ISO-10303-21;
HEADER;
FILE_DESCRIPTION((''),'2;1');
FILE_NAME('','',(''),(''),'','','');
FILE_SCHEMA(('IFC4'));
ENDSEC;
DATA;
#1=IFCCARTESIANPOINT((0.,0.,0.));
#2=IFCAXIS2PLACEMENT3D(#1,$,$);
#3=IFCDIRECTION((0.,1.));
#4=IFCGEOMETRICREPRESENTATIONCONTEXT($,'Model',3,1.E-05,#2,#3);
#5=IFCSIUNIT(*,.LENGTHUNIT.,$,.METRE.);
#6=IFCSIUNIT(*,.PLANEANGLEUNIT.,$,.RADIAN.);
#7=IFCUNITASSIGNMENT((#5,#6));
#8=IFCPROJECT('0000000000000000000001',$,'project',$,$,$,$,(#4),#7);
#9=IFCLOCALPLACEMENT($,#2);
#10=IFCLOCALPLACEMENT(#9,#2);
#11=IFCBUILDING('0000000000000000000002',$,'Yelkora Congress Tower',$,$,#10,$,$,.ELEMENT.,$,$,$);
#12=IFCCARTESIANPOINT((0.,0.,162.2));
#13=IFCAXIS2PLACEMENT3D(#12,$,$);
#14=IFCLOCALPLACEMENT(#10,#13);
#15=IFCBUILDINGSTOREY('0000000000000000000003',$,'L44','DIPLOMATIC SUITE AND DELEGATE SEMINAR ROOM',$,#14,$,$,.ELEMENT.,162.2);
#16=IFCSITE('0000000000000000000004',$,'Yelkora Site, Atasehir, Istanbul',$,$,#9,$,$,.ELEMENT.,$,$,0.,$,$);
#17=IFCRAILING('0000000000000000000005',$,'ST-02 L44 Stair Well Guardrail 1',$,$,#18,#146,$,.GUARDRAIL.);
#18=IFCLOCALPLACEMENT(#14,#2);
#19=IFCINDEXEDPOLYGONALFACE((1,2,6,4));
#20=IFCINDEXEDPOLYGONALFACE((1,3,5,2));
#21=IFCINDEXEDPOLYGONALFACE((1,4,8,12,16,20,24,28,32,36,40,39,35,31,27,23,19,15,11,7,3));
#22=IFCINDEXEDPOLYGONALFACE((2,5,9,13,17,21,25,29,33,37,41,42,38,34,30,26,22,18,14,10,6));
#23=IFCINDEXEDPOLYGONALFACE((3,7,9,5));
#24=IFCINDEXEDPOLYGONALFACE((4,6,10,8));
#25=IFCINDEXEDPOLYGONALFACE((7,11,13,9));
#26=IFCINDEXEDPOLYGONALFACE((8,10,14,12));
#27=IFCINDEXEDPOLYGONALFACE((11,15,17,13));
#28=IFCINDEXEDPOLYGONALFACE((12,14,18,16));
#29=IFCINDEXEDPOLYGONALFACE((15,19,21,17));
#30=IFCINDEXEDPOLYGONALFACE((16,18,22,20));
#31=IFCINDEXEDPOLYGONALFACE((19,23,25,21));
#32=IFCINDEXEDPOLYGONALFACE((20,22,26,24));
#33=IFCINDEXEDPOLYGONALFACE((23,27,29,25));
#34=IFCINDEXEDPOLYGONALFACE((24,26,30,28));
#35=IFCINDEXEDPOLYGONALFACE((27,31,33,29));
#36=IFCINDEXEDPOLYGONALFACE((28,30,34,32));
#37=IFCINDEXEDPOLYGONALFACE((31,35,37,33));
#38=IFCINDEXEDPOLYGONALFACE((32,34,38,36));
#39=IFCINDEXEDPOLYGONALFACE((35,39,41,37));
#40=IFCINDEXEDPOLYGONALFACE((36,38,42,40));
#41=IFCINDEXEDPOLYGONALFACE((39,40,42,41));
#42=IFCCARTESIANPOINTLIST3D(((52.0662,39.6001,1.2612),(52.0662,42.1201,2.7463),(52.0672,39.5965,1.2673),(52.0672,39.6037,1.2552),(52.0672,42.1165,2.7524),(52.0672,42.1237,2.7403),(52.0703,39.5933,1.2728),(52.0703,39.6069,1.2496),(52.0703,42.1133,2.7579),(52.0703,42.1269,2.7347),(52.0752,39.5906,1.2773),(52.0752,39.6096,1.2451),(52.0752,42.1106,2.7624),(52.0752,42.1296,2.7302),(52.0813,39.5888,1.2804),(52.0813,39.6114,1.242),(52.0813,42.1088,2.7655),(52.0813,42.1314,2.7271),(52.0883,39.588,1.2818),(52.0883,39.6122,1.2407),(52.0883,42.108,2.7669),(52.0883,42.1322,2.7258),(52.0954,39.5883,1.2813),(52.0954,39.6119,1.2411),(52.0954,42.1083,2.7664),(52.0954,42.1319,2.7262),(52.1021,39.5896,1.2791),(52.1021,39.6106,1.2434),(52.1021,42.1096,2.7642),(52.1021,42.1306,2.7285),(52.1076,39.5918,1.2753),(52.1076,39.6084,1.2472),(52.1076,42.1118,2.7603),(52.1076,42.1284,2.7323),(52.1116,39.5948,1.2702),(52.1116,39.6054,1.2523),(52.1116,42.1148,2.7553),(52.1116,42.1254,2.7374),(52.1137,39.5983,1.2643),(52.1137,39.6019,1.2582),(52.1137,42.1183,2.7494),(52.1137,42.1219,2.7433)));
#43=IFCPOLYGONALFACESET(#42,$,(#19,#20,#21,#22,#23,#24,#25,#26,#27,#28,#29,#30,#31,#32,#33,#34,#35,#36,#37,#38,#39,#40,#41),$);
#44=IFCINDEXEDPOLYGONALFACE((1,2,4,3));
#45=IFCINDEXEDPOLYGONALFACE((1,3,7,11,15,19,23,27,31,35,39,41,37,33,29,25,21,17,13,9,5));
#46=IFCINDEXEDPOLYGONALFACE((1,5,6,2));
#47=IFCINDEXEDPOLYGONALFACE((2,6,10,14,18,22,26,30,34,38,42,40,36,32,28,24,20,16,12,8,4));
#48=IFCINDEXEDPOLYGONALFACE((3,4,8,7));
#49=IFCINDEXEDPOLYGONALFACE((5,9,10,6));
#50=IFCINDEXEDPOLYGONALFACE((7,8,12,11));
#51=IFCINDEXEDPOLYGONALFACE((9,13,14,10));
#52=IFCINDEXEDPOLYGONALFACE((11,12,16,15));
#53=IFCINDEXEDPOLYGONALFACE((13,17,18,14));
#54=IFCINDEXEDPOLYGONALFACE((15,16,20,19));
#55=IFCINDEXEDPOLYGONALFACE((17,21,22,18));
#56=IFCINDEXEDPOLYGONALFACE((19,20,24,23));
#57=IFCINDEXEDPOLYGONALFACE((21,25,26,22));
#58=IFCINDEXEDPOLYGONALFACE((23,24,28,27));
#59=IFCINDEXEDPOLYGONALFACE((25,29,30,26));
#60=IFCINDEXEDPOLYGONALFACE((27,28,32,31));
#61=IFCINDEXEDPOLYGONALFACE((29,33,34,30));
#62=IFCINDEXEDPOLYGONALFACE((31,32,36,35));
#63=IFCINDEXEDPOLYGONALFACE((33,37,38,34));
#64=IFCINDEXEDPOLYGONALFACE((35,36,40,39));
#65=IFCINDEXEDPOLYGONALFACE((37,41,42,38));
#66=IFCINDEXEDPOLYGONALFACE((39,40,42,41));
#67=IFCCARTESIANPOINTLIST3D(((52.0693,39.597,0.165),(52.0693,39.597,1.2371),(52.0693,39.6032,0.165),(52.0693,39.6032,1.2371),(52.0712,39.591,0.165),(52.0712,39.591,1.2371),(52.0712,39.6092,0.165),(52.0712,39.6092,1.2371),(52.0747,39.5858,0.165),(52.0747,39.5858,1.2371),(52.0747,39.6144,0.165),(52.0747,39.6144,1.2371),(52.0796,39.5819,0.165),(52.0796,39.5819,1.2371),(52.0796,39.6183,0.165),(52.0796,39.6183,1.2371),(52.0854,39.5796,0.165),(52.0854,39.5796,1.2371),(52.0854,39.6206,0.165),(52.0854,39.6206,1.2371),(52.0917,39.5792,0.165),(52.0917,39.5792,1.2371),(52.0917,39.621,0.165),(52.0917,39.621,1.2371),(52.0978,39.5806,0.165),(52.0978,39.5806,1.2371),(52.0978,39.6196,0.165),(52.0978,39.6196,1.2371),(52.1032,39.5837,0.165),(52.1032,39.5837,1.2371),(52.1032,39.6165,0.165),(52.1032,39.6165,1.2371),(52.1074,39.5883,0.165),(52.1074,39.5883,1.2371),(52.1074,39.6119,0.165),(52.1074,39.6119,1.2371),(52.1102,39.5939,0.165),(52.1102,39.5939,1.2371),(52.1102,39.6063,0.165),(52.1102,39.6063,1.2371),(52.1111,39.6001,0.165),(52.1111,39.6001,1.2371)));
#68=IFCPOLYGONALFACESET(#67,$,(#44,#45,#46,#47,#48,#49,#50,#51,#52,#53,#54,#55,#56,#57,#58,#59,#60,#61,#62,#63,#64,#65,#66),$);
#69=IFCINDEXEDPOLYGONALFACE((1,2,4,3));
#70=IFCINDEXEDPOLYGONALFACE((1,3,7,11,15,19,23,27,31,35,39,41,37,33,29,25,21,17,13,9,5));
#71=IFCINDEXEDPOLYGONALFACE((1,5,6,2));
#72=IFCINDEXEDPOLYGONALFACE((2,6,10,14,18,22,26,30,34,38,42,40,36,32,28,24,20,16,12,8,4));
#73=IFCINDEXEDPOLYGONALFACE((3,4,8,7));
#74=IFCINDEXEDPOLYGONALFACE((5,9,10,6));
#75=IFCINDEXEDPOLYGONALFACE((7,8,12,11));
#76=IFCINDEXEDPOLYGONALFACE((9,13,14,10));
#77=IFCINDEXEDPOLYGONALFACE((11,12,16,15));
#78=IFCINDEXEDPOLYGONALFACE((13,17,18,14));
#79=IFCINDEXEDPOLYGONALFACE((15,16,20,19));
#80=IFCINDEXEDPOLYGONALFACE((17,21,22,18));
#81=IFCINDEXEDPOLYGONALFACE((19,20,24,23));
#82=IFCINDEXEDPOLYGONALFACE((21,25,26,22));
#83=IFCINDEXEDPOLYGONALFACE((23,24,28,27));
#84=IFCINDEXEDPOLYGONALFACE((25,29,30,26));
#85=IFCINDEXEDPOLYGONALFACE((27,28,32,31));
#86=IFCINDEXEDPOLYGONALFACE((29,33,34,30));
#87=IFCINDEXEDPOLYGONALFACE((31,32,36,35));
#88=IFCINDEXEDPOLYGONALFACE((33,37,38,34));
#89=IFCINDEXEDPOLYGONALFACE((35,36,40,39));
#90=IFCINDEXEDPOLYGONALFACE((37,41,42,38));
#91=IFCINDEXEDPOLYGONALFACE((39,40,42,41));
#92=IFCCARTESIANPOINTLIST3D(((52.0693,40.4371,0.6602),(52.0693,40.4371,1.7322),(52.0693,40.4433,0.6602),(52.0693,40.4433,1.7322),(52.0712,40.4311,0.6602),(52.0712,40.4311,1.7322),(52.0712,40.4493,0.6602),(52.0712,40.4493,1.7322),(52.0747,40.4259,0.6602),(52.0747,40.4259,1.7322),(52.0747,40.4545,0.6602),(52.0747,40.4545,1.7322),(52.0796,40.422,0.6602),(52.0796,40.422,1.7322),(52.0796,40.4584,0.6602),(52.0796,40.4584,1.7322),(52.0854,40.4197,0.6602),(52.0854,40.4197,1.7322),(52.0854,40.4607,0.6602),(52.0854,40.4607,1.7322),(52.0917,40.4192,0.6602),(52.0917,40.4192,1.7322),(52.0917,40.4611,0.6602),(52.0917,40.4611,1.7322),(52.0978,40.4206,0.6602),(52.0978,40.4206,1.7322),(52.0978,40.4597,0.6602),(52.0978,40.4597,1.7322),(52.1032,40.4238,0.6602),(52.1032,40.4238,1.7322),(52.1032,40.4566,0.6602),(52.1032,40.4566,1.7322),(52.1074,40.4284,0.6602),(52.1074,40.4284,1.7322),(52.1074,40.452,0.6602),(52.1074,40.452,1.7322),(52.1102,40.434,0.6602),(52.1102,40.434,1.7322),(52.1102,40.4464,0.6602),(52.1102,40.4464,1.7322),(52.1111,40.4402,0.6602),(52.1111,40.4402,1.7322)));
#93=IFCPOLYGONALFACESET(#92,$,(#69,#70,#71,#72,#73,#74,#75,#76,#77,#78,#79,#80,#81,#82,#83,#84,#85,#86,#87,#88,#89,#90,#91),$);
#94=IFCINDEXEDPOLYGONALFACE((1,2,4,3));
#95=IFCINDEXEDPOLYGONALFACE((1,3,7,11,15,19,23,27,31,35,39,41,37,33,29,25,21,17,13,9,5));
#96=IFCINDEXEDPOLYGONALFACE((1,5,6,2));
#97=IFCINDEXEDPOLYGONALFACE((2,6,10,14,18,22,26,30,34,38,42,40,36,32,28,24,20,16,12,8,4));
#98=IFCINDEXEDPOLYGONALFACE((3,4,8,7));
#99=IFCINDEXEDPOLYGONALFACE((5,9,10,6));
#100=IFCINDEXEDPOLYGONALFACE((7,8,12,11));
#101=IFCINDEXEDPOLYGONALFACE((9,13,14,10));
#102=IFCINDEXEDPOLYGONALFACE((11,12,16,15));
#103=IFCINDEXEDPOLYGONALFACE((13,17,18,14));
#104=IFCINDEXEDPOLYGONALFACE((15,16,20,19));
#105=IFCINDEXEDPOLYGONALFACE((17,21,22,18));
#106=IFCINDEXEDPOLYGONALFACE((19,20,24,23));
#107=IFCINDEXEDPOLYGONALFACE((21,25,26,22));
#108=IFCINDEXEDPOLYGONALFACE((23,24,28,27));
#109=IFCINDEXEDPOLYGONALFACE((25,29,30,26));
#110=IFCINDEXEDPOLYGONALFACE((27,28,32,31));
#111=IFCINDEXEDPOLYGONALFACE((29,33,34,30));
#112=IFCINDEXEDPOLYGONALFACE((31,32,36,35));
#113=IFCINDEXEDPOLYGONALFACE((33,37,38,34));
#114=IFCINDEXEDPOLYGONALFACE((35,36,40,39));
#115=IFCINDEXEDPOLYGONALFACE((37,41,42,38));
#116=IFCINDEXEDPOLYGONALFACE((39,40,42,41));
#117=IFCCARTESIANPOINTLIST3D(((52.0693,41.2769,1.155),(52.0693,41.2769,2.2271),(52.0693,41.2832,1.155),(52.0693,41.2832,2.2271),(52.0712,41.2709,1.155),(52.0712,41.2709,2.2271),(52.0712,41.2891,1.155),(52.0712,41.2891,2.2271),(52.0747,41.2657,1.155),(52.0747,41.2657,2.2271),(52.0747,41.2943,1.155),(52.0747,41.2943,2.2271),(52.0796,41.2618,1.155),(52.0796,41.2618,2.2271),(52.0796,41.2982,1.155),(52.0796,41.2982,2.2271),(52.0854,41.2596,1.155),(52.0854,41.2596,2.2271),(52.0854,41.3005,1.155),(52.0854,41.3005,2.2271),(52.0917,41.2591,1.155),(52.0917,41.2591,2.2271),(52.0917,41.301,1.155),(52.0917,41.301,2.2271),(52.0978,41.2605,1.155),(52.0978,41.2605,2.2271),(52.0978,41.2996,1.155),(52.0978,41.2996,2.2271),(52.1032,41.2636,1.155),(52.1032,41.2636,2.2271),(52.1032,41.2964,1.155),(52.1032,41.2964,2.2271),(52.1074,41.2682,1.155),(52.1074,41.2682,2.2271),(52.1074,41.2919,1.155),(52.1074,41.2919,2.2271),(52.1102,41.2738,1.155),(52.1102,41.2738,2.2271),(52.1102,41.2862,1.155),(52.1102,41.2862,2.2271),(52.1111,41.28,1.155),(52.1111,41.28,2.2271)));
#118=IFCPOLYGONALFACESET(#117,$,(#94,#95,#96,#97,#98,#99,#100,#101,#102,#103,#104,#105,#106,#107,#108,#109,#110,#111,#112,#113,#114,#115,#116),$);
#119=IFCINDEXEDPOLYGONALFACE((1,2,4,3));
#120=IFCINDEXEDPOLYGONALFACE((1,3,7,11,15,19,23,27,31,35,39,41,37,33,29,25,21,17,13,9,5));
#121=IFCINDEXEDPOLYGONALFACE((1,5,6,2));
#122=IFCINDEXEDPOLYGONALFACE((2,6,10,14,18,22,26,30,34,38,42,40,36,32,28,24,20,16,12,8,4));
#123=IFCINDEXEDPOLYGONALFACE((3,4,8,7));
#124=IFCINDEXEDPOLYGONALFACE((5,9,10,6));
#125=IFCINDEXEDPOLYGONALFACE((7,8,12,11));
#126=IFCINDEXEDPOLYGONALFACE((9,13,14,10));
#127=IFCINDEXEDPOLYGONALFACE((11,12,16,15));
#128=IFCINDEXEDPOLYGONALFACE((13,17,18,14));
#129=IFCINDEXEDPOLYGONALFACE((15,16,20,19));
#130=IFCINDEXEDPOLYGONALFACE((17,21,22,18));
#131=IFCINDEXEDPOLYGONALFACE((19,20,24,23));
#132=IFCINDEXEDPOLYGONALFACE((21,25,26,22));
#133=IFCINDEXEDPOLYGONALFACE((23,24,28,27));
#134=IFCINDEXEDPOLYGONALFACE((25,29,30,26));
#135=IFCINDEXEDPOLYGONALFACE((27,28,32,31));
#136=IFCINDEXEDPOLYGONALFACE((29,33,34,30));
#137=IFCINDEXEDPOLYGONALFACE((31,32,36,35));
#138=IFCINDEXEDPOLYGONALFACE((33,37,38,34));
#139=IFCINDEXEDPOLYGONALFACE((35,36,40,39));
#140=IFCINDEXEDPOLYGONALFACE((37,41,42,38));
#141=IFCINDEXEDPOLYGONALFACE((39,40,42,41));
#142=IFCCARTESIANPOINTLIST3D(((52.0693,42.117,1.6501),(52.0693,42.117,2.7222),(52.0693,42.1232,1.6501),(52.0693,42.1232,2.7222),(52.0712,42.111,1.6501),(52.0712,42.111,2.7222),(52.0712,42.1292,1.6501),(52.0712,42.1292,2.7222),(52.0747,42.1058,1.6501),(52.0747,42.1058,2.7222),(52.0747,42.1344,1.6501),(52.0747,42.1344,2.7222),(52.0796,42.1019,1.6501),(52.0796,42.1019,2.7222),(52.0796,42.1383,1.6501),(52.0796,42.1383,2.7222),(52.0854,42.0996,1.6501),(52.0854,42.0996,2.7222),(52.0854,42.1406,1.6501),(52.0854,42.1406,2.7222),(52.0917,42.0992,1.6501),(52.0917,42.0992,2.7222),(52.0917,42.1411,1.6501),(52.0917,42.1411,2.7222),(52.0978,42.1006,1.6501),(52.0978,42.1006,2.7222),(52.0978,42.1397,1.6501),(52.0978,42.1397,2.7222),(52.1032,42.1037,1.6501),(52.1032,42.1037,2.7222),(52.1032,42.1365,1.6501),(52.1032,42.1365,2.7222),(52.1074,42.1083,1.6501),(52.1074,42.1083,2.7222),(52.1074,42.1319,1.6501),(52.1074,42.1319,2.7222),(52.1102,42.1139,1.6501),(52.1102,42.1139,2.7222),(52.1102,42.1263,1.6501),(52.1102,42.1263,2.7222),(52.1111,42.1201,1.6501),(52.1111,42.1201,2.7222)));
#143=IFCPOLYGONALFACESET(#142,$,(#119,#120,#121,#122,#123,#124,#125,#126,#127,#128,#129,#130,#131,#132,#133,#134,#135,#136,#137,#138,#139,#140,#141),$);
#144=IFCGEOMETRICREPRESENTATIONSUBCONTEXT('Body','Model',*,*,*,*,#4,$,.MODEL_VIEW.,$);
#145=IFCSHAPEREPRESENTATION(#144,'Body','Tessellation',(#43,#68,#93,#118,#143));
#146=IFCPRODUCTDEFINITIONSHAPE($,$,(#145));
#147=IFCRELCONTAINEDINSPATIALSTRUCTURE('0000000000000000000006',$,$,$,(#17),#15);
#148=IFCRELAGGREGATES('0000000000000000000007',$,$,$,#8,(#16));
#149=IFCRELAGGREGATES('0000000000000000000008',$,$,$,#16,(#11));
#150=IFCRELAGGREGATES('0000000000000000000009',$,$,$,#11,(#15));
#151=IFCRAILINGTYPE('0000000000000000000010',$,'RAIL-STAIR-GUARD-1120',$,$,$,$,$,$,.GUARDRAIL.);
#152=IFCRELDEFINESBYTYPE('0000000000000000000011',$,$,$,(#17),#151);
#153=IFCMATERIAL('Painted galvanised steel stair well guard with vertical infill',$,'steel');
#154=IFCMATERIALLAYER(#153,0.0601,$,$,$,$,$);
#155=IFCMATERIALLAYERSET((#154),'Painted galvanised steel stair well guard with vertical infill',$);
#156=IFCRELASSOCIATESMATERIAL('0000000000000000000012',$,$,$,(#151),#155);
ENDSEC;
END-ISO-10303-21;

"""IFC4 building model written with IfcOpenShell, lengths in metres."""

from ifc_helpers import new_model, si_unit, direction, frame, origin, origin_2d, place, context, subcontext, project, spatial, circle, extrude, material, layer, layer_set, type_object, element, save


model = new_model("IFC4")

# Units and contexts
model_context = context("Model", 3, precision=1e-05, world=origin(), true_north=direction((0.0, 1.0)))
body_context = subcontext(model_context, "Body", "Model", "MODEL_VIEW")
ifc_project = project(units=[si_unit("LENGTHUNIT", "METRE"), si_unit("PLANEANGLEUNIT", "RADIAN")], contexts=[model_context])

# Site, building, storey
site_placement = place(None, origin())
site = spatial("IfcSite", under=ifc_project, at=site_placement, Name="Yelkora Site, Atasehir, Istanbul", CompositionType="ELEMENT", RefElevation=0.0)
building_placement = place(site_placement, origin())
building = spatial("IfcBuilding", under=site, at=building_placement, Name="Yelkora Congress Tower", CompositionType="ELEMENT")
storey_placement = place(building_placement, frame((0.0, 0.0, 162.2)))
storey = spatial("IfcBuildingStorey", under=building, at=storey_placement, Name="L44", Description="DIPLOMATIC SUITE AND DELEGATE SEMINAR ROOM", CompositionType="ELEMENT", Elevation=162.2)

# Railing
ifc_material_1 = material(Name="Painted galvanised steel stair well guard with vertical infill", Category="steel")
ifc_layer_1 = layer(ifc_material_1, 0.0601)
ifc_layer_set_1 = layer_set([ifc_layer_1], Name="Painted galvanised steel stair well guard with vertical infill")
railing_type_1 = type_object("IfcRailingType", Name="RAIL-STAIR-GUARD-1120", PredefinedType="GUARDRAIL", material=ifc_layer_set_1)
railing_1_placement = place(storey_placement, frame((52.0901, 39.6001, 0.165)))
element("IfcRailing", 1, at=railing_1_placement, inside=storey, type_object=railing_type_1, Name="ST-02 L44 Stair Well Guardrail 1", PredefinedType="GUARDRAIL", context=body_context, shape_type="SweptSolid", body=[
    extrude(circle(Radius=0.0239, at=origin_2d()), frame((0.0, 0.0, 1.0962), z_axis=(0.0, 0.861524, 0.507717), x_axis=(-1.0, 0.0, 0.0)), (0.0, 0.0, 1.0), 2.925),
    extrude(circle(Radius=0.021, at=origin_2d()), origin(), (0.0, 0.0, 1.0), 1.072),
    extrude(circle(Radius=0.021, at=origin_2d()), frame((0.0, 0.8401, 0.4951)), (0.0, 0.0, 1.0), 1.072),
    extrude(circle(Radius=0.021, at=origin_2d()), frame((0.0, 1.6799, 0.99)), (0.0, 0.0, 1.0), 1.072),
    extrude(circle(Radius=0.021, at=origin_2d()), frame((0.0, 2.52, 1.4851)), (0.0, 0.0, 1.0), 1.072),
])

save(model, "model.ifc")
